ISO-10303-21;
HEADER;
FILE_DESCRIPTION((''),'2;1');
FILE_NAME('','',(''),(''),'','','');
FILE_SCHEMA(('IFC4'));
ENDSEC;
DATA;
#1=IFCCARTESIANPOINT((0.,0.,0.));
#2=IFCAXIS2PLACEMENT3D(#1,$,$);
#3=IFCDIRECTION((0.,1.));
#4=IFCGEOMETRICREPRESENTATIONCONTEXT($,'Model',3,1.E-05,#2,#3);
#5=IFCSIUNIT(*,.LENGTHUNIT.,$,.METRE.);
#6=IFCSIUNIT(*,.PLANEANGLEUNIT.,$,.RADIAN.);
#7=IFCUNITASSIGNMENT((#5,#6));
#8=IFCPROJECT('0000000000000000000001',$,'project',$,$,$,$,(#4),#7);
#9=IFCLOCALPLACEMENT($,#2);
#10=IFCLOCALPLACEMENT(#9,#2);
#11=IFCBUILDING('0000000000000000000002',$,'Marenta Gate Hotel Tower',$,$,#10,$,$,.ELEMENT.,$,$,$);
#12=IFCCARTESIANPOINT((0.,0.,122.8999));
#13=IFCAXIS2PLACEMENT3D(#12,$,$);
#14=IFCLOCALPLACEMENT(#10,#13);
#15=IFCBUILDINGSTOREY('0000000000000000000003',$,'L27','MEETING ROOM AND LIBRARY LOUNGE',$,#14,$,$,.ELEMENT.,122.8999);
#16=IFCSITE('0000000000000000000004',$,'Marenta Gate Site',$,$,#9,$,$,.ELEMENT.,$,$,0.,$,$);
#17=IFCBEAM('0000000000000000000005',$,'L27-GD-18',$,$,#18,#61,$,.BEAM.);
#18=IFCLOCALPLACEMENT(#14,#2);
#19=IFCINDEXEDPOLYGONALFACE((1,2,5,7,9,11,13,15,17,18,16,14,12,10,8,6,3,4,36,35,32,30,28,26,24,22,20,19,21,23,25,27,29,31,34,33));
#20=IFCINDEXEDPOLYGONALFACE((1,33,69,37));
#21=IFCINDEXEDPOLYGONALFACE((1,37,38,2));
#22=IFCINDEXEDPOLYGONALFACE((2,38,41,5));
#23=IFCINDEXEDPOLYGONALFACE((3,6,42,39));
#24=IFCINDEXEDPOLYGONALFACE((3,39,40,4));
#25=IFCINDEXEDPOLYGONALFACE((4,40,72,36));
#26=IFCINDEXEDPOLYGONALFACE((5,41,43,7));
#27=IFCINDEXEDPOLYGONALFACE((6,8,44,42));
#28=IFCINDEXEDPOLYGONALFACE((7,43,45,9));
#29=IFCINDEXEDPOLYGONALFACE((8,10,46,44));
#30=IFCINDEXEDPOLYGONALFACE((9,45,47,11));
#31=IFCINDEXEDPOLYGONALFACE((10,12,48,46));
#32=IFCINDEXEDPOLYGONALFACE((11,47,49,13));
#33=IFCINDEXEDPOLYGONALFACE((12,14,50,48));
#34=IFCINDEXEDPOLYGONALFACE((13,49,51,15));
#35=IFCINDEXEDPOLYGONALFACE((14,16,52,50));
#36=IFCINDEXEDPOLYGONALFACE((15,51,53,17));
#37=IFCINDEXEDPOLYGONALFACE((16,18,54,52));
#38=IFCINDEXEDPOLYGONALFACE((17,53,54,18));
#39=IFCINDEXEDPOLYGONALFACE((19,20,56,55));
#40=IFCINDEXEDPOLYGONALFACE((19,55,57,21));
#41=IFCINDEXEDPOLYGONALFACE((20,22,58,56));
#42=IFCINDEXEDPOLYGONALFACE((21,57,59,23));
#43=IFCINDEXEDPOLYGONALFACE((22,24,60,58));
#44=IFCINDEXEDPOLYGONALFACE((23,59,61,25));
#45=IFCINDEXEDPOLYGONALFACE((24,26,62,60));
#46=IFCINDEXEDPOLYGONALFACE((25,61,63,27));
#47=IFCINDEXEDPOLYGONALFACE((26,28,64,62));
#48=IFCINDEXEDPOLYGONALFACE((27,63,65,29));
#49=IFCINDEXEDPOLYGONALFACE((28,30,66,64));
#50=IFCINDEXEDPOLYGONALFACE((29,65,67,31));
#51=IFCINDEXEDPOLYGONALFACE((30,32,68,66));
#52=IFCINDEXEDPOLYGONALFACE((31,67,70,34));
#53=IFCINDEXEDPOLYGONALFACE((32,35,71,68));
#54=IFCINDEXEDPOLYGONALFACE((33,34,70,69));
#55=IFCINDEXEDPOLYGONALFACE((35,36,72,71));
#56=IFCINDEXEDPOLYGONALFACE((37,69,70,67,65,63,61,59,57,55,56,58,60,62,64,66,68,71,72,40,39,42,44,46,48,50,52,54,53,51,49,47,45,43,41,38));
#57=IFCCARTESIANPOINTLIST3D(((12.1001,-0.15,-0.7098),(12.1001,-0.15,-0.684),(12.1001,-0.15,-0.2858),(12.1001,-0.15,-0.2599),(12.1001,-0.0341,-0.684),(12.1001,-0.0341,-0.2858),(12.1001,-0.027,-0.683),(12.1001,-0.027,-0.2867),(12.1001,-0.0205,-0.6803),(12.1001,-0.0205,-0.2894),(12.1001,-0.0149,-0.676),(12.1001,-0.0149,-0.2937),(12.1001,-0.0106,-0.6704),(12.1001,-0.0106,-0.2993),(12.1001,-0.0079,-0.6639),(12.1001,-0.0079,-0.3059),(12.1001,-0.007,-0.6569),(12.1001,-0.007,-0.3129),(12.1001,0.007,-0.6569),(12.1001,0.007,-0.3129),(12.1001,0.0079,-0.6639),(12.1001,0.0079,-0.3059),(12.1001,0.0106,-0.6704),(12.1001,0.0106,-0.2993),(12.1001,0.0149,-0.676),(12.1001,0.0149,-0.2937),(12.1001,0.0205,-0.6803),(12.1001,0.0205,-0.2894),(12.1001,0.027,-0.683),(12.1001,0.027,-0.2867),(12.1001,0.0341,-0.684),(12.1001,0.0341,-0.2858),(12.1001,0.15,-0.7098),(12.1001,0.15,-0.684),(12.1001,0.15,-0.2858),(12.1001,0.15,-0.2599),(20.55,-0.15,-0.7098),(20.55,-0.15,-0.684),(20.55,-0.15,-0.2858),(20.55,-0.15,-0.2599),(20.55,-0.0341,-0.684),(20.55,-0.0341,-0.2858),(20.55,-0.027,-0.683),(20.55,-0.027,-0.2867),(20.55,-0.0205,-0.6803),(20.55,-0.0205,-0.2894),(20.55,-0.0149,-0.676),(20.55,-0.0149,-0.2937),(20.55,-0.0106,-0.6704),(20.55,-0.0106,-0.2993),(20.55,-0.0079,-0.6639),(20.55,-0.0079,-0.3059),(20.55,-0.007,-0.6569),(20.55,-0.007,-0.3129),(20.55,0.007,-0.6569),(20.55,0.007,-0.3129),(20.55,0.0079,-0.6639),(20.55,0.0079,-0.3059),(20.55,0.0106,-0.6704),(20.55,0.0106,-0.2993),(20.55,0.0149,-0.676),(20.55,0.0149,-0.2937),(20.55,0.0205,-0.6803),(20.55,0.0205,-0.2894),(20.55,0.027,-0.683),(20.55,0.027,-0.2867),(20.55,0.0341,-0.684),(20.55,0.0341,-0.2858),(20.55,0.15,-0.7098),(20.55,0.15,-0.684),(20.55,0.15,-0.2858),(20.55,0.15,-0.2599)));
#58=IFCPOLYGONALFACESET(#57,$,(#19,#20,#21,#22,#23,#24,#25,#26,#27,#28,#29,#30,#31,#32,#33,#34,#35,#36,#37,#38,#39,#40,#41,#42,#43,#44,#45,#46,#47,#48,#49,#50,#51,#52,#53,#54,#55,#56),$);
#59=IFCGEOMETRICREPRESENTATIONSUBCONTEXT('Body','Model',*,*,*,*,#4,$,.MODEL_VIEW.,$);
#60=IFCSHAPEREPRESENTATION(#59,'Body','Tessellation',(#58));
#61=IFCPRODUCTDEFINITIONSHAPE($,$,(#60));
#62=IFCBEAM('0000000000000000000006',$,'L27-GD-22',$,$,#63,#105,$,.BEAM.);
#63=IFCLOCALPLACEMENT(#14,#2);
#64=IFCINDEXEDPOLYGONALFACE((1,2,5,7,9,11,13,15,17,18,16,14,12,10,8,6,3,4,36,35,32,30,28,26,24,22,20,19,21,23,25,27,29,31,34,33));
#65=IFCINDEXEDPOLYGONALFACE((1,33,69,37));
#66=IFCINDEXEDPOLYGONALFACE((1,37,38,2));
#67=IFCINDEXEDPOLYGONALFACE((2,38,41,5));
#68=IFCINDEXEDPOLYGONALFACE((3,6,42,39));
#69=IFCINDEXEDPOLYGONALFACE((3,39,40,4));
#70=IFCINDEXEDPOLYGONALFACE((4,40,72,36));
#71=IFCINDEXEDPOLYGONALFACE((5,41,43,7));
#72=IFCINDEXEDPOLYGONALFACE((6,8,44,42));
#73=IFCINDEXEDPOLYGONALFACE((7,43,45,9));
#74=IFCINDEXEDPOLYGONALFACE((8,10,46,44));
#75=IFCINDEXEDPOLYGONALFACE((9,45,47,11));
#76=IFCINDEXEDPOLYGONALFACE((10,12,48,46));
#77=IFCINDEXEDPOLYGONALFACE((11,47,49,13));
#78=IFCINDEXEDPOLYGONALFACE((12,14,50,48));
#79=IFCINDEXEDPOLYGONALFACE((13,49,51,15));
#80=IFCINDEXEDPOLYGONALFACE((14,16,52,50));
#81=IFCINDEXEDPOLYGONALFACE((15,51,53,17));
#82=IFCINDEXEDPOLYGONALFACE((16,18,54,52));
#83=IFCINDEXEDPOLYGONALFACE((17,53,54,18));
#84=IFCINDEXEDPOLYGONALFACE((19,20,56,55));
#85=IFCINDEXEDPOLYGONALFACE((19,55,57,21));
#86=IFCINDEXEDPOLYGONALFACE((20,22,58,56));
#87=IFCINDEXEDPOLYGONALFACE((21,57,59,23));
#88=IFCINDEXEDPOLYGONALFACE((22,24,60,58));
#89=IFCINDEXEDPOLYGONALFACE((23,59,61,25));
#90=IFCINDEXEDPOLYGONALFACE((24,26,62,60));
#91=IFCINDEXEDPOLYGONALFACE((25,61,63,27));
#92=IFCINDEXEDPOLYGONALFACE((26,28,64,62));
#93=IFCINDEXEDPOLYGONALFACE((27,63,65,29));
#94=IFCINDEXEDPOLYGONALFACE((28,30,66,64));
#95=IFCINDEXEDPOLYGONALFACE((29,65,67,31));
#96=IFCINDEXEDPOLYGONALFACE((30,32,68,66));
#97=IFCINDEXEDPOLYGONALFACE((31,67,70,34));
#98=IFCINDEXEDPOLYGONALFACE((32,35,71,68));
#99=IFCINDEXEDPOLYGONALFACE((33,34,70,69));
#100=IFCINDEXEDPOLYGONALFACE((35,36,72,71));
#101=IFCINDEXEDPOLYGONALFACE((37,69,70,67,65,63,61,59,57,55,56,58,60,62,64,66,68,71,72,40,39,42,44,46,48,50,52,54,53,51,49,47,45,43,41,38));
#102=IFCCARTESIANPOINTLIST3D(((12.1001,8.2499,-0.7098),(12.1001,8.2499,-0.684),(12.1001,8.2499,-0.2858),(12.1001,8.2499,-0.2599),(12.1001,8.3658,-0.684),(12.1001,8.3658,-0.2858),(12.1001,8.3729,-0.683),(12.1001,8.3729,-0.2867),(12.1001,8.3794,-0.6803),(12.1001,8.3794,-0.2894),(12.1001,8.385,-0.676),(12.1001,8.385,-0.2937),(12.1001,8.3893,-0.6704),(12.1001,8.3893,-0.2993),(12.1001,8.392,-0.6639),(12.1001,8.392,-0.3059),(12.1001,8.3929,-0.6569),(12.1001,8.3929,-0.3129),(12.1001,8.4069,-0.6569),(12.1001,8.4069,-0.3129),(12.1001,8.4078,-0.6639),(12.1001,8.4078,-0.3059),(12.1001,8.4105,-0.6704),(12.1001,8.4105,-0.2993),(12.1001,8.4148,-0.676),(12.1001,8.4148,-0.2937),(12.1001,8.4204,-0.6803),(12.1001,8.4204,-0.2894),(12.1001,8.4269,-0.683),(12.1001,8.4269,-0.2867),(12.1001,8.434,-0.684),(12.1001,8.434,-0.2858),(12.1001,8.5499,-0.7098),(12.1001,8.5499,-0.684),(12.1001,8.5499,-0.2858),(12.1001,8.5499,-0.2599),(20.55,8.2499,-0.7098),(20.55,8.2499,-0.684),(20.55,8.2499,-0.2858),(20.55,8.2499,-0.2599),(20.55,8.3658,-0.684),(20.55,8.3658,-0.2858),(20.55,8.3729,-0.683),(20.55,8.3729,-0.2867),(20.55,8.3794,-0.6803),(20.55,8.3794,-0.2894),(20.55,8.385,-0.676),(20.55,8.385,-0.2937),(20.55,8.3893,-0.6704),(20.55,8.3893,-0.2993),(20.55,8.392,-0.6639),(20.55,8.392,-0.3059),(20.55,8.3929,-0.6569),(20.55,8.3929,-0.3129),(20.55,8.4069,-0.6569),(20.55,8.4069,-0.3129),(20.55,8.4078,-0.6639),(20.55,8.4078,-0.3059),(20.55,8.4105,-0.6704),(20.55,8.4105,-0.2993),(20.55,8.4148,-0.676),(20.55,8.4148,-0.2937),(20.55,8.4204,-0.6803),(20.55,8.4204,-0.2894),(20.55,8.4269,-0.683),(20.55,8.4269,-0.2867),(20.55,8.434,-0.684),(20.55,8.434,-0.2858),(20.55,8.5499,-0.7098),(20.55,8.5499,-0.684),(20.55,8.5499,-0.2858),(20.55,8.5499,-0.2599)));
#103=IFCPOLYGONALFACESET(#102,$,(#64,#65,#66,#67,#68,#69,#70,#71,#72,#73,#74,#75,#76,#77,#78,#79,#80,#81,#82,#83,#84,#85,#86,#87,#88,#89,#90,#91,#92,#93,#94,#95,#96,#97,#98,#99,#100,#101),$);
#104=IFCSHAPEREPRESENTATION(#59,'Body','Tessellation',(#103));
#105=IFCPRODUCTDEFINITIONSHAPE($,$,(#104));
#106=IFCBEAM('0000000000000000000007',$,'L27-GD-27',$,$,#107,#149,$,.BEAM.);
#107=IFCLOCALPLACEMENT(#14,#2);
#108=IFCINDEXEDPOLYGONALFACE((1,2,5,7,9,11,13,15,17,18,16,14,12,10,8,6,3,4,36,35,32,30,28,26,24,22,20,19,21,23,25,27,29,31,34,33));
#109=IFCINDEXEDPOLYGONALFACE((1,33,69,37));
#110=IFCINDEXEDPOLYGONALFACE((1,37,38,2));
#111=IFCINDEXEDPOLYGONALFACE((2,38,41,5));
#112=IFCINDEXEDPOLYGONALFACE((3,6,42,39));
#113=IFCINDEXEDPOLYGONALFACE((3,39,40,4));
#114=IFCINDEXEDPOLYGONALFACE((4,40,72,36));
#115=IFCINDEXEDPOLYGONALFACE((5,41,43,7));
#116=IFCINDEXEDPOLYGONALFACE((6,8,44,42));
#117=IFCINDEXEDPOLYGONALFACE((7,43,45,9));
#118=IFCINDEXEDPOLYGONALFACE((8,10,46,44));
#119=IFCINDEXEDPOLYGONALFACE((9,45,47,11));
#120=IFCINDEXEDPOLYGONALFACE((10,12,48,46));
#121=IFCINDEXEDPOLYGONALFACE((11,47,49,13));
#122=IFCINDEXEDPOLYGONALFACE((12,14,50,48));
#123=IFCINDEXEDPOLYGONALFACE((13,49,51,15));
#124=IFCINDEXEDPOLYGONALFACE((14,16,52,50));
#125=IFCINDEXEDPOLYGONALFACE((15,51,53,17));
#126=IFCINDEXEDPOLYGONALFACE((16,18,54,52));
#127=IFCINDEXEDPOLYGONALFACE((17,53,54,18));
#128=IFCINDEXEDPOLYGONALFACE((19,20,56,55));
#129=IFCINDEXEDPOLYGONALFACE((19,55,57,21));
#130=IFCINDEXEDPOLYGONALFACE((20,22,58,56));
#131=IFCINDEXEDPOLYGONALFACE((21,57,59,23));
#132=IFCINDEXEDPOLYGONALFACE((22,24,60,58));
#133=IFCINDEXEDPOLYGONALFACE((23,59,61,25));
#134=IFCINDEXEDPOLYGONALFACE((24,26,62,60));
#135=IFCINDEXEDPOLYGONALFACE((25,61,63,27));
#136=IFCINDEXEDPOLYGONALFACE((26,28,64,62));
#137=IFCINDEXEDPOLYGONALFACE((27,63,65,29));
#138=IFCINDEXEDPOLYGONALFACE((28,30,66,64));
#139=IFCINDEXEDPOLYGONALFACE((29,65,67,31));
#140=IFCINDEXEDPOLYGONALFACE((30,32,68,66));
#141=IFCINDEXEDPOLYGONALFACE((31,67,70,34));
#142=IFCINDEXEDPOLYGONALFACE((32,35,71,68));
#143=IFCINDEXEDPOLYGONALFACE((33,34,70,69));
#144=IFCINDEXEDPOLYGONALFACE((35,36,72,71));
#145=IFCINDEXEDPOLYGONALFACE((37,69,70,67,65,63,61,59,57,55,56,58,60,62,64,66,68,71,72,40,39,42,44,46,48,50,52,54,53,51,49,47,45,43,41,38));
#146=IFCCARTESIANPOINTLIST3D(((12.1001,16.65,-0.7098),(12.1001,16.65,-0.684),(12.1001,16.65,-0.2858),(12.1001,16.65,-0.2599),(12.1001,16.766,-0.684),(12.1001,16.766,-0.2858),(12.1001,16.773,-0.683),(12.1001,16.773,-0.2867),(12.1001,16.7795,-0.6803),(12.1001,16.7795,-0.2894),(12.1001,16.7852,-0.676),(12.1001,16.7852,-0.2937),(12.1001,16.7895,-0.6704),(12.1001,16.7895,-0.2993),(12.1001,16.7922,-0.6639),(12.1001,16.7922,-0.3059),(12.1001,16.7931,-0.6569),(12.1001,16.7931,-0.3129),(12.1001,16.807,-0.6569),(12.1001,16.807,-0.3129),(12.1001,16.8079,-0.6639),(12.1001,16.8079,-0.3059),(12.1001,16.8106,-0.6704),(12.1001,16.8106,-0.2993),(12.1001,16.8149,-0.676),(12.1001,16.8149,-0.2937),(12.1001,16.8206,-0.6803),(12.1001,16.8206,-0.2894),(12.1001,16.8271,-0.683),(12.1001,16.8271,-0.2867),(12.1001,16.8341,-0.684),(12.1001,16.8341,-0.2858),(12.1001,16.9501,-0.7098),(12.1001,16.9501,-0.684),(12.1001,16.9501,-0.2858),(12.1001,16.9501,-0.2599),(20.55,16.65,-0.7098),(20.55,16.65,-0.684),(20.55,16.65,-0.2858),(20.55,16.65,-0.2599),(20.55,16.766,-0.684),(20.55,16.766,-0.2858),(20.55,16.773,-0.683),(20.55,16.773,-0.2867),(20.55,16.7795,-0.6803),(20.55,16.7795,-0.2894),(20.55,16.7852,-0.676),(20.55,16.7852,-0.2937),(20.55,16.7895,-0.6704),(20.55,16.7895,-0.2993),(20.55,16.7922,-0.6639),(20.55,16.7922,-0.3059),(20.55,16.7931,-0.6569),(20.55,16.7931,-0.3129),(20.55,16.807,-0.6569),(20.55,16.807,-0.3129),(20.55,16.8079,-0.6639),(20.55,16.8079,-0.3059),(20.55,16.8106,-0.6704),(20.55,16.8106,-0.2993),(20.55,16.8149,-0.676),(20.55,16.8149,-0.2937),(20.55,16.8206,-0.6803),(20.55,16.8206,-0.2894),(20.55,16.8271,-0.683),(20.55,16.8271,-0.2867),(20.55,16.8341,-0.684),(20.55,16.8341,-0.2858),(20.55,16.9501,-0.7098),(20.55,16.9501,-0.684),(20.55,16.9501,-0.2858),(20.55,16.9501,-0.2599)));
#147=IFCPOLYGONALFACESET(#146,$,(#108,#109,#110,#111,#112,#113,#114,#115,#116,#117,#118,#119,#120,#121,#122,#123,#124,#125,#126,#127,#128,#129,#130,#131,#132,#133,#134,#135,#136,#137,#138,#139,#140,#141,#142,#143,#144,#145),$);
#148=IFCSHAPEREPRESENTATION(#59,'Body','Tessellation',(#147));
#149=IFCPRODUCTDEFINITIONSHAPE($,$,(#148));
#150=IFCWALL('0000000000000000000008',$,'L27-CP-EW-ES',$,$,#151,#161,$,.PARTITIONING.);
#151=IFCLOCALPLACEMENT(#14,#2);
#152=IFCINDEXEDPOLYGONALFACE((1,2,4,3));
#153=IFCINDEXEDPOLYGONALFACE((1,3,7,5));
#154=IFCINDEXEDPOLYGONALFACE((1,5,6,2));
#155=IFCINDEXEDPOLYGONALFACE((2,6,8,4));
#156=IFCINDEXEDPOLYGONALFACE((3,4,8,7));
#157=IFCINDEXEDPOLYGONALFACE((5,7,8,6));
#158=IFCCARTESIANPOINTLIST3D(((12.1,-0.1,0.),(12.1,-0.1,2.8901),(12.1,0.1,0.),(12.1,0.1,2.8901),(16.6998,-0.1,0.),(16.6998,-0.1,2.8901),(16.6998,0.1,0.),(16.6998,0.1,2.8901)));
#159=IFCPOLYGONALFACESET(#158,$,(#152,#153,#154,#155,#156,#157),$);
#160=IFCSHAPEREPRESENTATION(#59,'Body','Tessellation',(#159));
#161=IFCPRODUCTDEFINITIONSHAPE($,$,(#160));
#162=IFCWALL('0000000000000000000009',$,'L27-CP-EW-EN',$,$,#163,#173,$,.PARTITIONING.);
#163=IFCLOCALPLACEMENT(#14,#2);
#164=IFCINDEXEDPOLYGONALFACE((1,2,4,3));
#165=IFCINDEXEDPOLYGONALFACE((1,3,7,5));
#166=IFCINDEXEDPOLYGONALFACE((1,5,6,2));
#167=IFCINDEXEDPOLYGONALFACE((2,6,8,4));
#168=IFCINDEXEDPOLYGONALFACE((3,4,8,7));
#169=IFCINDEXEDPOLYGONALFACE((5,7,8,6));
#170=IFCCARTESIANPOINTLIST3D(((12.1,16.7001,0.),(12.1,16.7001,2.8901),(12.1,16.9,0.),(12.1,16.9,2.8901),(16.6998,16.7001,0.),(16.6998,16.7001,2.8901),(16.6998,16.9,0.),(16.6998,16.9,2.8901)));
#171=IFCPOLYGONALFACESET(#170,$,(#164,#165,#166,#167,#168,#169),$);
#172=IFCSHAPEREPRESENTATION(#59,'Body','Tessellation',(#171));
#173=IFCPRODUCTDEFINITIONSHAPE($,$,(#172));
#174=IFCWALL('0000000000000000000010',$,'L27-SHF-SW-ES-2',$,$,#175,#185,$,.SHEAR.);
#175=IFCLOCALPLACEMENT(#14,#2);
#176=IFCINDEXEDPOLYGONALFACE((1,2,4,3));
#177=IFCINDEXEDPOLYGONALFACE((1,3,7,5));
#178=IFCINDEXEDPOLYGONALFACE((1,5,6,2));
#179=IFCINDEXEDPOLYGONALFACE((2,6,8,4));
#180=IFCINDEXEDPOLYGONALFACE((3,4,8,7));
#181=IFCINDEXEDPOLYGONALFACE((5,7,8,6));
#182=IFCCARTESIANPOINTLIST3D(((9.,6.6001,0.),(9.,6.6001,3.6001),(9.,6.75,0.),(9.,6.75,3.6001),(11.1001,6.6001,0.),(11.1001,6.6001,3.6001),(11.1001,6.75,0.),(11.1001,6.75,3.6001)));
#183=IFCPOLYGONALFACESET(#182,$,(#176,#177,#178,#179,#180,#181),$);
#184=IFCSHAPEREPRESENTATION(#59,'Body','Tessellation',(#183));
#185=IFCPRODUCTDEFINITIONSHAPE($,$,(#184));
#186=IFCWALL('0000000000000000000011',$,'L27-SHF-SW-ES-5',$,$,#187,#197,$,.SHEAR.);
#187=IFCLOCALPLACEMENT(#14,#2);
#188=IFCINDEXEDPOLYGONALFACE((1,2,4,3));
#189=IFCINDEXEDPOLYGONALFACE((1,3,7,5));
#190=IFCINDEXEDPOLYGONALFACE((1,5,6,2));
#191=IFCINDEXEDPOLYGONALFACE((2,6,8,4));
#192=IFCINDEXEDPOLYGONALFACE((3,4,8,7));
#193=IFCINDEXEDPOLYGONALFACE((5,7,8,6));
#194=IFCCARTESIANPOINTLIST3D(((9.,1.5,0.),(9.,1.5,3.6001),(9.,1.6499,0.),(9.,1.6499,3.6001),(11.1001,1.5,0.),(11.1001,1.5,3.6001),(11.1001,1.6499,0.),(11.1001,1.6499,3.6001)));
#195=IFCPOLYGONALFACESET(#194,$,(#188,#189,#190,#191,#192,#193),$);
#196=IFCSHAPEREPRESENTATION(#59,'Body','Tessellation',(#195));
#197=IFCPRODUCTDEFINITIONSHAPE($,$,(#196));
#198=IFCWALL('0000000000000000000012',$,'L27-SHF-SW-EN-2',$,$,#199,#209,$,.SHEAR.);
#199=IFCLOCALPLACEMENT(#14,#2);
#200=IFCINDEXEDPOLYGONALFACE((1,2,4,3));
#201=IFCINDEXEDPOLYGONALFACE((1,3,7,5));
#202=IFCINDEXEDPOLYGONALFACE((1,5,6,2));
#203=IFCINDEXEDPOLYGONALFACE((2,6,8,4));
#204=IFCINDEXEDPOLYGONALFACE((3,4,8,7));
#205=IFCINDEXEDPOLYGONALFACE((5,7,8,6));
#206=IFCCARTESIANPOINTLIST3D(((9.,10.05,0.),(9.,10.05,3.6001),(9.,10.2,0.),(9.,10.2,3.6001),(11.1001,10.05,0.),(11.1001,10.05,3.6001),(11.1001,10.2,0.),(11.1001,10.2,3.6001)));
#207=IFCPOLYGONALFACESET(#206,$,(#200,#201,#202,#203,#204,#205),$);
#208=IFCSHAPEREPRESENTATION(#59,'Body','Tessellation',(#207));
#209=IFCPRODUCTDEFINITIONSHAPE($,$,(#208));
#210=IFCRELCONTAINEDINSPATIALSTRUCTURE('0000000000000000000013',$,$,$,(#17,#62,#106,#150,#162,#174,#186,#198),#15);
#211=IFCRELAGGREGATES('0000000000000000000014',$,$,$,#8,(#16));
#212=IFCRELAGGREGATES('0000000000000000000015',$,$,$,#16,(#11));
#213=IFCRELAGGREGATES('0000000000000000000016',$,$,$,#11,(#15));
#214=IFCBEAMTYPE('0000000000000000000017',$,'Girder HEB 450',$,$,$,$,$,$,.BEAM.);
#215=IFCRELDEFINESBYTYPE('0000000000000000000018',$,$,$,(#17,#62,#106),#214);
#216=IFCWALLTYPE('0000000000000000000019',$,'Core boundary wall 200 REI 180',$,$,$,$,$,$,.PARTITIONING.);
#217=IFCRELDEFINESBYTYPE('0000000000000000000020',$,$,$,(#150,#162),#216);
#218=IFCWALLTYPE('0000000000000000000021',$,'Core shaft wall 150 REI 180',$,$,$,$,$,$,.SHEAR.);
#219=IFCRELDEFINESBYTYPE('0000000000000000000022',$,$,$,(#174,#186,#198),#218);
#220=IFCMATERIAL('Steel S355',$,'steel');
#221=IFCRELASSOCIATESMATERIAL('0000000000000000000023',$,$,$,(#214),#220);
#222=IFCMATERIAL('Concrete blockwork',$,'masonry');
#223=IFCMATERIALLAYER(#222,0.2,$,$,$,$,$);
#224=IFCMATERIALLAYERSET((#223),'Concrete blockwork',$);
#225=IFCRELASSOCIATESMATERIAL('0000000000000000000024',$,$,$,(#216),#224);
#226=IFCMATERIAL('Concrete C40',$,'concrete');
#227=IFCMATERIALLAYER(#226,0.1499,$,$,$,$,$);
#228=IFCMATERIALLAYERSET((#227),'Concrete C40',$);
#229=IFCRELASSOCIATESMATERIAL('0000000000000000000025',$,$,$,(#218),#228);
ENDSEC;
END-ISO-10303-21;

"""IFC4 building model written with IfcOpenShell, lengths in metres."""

from ifc_helpers import new_model, si_unit, direction, frame, frame_2d, origin, origin_2d, place, context, subcontext, project, spatial, rectangle, i_section, extrude, material, layer, layer_set, material_profile, profile_set, type_object, element, save


model = new_model("IFC4")

# Units and contexts
model_context = context("Model", 3, precision=1e-05, world=origin(), true_north=direction((0.0, 1.0)))
body_context = subcontext(model_context, "Body", "Model", "MODEL_VIEW")
ifc_project = project(units=[si_unit("LENGTHUNIT", "METRE"), si_unit("PLANEANGLEUNIT", "RADIAN")], contexts=[model_context])

# Site, building, storey
site_placement = place(None, origin())
site = spatial("IfcSite", under=ifc_project, at=site_placement, Name="Marenta Gate Site", CompositionType="ELEMENT", RefElevation=0.0)
building_placement = place(site_placement, origin())
building = spatial("IfcBuilding", under=site, at=building_placement, Name="Marenta Gate Hotel Tower", CompositionType="ELEMENT")
storey_placement = place(building_placement, frame((0.0, 0.0, 122.8999)))
storey = spatial("IfcBuildingStorey", under=building, at=storey_placement, Name="L27", Description="MEETING ROOM AND LIBRARY LOUNGE", CompositionType="ELEMENT", Elevation=122.8999)

# Beams
ifc_material_1 = material(Name="Steel S355", Category="steel")
ifc_material_profile = material_profile(ifc_material_1, i_section(OverallWidth=0.3, OverallDepth=0.45, WebThickness=0.0139, FlangeThickness=0.0259, FilletRadius=0.0271, at=origin_2d()), Name="HEB 450")
ifc_profile_set = profile_set([ifc_material_profile], Name="Steel S355")
beam_type = type_object("IfcBeamType", Name="Girder HEB 450", PredefinedType="BEAM", material=ifc_profile_set)
for number, where, z_axis, x_axis, name in (
    (1, (12.1001, 0.0, -0.4849), (1.0, 0.0, 0.0), (0.0, 1.0, 0.0), "L27-GD-18"),
    (2, (12.1001, 8.3999, -0.4849), (1.0, 0.0, 0.0), (0.0, 1.0, 0.0), "L27-GD-22"),
    (3, (12.1001, 16.8, -0.4849), (1.0, 0.0, 0.0), (0.0, 1.0, 0.0), "L27-GD-27"),
):
    element("IfcBeam", number, at=place(storey_placement, frame(where, z_axis=z_axis, x_axis=x_axis)), inside=storey, type_object=beam_type, Name=name, PredefinedType="BEAM", context=body_context, shape_type="SweptSolid", body=[
        extrude(i_section(OverallWidth=0.3, OverallDepth=0.45, WebThickness=0.0139, FlangeThickness=0.0259, FilletRadius=0.0271, at=origin_2d()), origin(), (0.0, 0.0, 1.0), 8.45),
    ])

# Walls
ifc_material_2 = material(Name="Concrete blockwork", Category="masonry")
ifc_layer_1 = layer(ifc_material_2, 0.2)
ifc_layer_set_1 = layer_set([ifc_layer_1], Name="Concrete blockwork")
wall_type_1 = type_object("IfcWallType", Name="Core boundary wall 200 REI 180", PredefinedType="PARTITIONING", material=ifc_layer_set_1)
for number, where, z_axis, x_axis, name in (
    (4, (12.1001, 0.0, 0.0), (0.0, 0.0, 1.0), (1.0, 0.0, 0.0), "L27-CP-EW-ES"),
    (5, (12.1001, 16.8, 0.0), (0.0, 0.0, 1.0), (1.0, 0.0, 0.0), "L27-CP-EW-EN"),
):
    element("IfcWall", number, at=place(storey_placement, frame(where, z_axis=z_axis, x_axis=x_axis)), inside=storey, type_object=wall_type_1, Name=name, PredefinedType="PARTITIONING", context=body_context, shape_type="SweptSolid", body=[
        extrude(rectangle(XDim=4.5999, YDim=0.2, at=frame_2d((2.2998, 0.0))), origin(), (0.0, 0.0, 1.0), 2.8901),
    ])
ifc_material_3 = material(Name="Concrete C40", Category="concrete")
ifc_layer_2 = layer(ifc_material_3, 0.1499)
ifc_layer_set_2 = layer_set([ifc_layer_2], Name="Concrete C40")
wall_type_2 = type_object("IfcWallType", Name="Core shaft wall 150 REI 180", PredefinedType="SHEAR", material=ifc_layer_set_2)
for number, where, z_axis, x_axis, name in (
    (6, (9.0, 6.675, 0.0), (0.0, 0.0, 1.0), (1.0, 0.0, 0.0), "L27-SHF-SW-ES-2"),
    (7, (9.0, 1.575, 0.0), (0.0, 0.0, 1.0), (1.0, 0.0, 0.0), "L27-SHF-SW-ES-5"),
    (8, (9.0, 10.125, 0.0), (0.0, 0.0, 1.0), (1.0, 0.0, 0.0), "L27-SHF-SW-EN-2"),
):
    element("IfcWall", number, at=place(storey_placement, frame(where, z_axis=z_axis, x_axis=x_axis)), inside=storey, type_object=wall_type_2, Name=name, PredefinedType="SHEAR", context=body_context, shape_type="SweptSolid", body=[
        extrude(rectangle(XDim=2.1001, YDim=0.1499, at=frame_2d((1.05, 0.0))), origin(), (0.0, 0.0, 1.0), 3.6001),
    ])

save(model, "model.ifc")
